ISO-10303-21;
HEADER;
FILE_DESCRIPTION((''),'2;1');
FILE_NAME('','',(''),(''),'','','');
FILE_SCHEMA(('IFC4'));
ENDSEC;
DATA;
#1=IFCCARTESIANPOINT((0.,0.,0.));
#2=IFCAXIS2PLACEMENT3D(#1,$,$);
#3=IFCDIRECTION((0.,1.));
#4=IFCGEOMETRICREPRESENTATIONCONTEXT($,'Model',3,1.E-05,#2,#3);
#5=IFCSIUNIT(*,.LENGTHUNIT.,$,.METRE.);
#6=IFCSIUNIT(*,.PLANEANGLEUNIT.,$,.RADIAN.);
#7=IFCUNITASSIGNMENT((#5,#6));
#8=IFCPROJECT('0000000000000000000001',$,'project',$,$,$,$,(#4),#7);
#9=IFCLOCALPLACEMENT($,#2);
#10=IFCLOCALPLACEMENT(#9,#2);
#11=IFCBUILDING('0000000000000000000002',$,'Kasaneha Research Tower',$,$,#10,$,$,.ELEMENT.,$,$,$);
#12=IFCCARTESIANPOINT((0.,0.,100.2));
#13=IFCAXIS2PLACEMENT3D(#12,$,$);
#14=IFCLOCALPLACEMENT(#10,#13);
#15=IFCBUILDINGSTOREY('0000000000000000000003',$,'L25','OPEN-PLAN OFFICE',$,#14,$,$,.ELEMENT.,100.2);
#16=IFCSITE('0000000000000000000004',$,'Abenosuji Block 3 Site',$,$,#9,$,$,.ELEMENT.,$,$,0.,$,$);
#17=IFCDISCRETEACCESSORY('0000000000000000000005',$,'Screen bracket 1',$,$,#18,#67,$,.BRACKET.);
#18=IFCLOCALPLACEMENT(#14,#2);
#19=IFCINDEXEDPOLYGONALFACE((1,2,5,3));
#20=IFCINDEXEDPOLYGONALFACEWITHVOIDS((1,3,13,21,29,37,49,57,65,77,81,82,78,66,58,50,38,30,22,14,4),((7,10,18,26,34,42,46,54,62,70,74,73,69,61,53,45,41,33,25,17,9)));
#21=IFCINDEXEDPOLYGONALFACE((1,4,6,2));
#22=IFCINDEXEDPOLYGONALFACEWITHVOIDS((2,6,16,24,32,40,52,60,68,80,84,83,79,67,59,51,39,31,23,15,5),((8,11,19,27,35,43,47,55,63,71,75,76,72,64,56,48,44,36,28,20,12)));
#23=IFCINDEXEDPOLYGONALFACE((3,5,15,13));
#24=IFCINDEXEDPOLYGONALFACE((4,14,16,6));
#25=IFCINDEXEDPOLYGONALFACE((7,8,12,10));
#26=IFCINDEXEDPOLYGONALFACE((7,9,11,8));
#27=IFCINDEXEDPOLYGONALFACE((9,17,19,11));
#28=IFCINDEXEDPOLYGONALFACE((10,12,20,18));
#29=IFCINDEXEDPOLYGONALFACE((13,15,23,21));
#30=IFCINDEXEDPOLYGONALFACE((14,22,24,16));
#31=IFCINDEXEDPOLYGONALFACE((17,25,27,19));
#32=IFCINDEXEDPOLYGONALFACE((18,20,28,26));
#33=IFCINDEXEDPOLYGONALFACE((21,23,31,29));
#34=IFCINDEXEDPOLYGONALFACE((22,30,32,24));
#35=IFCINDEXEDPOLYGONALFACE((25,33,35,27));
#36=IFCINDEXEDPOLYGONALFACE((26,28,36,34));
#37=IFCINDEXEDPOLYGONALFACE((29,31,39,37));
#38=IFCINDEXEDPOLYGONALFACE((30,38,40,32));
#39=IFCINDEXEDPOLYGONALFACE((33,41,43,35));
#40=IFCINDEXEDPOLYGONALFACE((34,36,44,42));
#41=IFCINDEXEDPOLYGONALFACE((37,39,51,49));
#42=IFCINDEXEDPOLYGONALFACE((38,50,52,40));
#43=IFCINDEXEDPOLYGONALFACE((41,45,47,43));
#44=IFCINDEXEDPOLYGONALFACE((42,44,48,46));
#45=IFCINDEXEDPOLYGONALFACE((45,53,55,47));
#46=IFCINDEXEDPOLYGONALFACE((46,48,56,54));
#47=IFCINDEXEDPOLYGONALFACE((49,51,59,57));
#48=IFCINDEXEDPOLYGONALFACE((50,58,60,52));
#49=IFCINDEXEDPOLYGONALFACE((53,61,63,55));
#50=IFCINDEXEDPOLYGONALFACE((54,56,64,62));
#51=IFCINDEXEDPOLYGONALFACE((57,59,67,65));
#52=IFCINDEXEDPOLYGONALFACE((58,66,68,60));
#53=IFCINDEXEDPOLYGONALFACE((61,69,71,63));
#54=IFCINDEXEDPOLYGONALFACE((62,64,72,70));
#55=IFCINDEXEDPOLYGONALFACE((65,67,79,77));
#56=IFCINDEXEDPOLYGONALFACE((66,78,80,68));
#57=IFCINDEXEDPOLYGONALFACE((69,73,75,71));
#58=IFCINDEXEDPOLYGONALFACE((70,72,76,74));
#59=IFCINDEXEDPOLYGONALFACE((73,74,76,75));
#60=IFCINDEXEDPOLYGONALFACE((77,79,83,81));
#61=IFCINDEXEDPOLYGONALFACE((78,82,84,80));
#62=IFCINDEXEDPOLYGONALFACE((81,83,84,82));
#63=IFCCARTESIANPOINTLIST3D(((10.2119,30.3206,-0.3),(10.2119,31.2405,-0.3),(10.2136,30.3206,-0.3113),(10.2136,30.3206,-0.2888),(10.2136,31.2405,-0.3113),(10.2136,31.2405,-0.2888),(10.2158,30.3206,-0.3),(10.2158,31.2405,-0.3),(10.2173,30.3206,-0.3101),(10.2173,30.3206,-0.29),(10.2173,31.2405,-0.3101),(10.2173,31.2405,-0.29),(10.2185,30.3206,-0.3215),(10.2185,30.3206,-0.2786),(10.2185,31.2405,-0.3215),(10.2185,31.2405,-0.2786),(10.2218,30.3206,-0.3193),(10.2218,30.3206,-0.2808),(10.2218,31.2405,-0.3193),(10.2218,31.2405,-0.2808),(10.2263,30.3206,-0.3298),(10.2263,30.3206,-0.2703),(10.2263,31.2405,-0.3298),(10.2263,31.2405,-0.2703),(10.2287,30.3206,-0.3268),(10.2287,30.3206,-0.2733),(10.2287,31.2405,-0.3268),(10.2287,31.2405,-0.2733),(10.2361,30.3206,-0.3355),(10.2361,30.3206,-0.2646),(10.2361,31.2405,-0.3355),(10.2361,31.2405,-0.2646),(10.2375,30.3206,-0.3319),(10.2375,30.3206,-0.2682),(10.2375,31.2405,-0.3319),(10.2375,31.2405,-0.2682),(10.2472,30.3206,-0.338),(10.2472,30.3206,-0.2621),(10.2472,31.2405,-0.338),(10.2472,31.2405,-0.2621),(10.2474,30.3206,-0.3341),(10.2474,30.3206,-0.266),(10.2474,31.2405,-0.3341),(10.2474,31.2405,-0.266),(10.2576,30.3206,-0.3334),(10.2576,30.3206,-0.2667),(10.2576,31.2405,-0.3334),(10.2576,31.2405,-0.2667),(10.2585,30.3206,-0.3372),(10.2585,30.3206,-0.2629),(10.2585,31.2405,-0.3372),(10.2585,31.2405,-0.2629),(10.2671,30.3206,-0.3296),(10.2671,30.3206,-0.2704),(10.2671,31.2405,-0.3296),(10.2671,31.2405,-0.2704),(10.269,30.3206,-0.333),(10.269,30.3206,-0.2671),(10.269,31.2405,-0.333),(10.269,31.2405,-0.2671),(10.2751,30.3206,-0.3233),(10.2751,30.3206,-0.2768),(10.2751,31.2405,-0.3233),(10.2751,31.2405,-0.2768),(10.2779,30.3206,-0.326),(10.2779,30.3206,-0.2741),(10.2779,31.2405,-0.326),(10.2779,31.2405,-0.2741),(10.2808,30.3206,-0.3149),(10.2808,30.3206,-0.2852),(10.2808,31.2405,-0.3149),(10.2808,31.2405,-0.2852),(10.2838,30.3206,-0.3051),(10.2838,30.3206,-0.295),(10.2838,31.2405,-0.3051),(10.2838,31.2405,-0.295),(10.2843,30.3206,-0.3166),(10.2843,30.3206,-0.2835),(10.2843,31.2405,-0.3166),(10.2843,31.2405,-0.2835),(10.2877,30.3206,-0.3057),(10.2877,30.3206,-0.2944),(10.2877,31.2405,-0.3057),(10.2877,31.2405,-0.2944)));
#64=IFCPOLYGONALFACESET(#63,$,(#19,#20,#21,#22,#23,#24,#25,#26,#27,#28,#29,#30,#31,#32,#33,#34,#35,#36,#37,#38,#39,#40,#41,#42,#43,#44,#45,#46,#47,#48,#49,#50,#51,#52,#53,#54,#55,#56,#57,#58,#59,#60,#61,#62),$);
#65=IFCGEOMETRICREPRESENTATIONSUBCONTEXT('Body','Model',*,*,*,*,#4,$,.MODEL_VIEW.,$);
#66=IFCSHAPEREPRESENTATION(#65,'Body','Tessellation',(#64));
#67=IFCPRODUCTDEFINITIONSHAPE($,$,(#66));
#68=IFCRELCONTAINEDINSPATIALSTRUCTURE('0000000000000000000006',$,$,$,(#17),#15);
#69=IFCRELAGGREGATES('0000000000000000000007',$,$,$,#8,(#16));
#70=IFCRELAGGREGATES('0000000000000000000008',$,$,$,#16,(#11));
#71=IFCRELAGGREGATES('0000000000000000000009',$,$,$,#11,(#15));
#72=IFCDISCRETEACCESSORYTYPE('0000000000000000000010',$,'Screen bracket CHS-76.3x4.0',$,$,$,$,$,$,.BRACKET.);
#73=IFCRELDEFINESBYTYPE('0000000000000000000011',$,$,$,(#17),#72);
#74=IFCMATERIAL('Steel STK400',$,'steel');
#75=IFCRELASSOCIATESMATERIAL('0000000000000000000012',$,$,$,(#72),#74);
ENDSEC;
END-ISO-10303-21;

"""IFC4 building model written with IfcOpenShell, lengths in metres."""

from ifc_helpers import new_model, si_unit, direction, frame, origin, origin_2d, place, context, subcontext, project, spatial, hollow_circle, extrude, material, material_profile, profile_set, type_object, element, save


model = new_model("IFC4")

# Units and contexts
model_context = context("Model", 3, precision=1e-05, world=origin(), true_north=direction((0.0, 1.0)))
body_context = subcontext(model_context, "Body", "Model", "MODEL_VIEW")
ifc_project = project(units=[si_unit("LENGTHUNIT", "METRE"), si_unit("PLANEANGLEUNIT", "RADIAN")], contexts=[model_context])

# Site, building, storey
site_placement = place(None, origin())
site = spatial("IfcSite", under=ifc_project, at=site_placement, Name="Abenosuji Block 3 Site", CompositionType="ELEMENT", RefElevation=0.0)
building_placement = place(site_placement, origin())
building = spatial("IfcBuilding", under=site, at=building_placement, Name="Kasaneha Research Tower", CompositionType="ELEMENT")
storey_placement = place(building_placement, frame((0.0, 0.0, 100.2)))
storey = spatial("IfcBuildingStorey", under=building, at=storey_placement, Name="L25", Description="OPEN-PLAN OFFICE", CompositionType="ELEMENT", Elevation=100.2)

# Discrete accessory
ifc_material_1 = material(Name="Steel STK400", Category="steel")
ifc_material_profile_1 = material_profile(ifc_material_1, hollow_circle(Radius=0.0381, WallThickness=0.0039, at=origin_2d()), Name="CHS-76.3x4.0")
ifc_profile_set_1 = profile_set([ifc_material_profile_1], Name="Steel STK400")
discrete_accessory_type = type_object("IfcDiscreteAccessoryType", Name="Screen bracket CHS-76.3x4.0", PredefinedType="BRACKET", material=ifc_profile_set_1)
for number, where, z_axis, x_axis, name in (
    (1, (10.25, 30.3206, -0.3), (0.0, 1.0, 0.0), (-1.0, 0.0, 0.0), "Screen bracket 1"),
):
    element("IfcDiscreteAccessory", number, at=place(storey_placement, frame(where, z_axis=z_axis, x_axis=x_axis)), inside=storey, type_object=discrete_accessory_type, Name=name, PredefinedType="BRACKET", context=body_context, shape_type="SweptSolid", body=[
        extrude(hollow_circle(Radius=0.0381, WallThickness=0.0039, at=origin_2d()), origin(), (0.0, 0.0, 1.0), 0.9199),
    ])

save(model, "model.ifc")
